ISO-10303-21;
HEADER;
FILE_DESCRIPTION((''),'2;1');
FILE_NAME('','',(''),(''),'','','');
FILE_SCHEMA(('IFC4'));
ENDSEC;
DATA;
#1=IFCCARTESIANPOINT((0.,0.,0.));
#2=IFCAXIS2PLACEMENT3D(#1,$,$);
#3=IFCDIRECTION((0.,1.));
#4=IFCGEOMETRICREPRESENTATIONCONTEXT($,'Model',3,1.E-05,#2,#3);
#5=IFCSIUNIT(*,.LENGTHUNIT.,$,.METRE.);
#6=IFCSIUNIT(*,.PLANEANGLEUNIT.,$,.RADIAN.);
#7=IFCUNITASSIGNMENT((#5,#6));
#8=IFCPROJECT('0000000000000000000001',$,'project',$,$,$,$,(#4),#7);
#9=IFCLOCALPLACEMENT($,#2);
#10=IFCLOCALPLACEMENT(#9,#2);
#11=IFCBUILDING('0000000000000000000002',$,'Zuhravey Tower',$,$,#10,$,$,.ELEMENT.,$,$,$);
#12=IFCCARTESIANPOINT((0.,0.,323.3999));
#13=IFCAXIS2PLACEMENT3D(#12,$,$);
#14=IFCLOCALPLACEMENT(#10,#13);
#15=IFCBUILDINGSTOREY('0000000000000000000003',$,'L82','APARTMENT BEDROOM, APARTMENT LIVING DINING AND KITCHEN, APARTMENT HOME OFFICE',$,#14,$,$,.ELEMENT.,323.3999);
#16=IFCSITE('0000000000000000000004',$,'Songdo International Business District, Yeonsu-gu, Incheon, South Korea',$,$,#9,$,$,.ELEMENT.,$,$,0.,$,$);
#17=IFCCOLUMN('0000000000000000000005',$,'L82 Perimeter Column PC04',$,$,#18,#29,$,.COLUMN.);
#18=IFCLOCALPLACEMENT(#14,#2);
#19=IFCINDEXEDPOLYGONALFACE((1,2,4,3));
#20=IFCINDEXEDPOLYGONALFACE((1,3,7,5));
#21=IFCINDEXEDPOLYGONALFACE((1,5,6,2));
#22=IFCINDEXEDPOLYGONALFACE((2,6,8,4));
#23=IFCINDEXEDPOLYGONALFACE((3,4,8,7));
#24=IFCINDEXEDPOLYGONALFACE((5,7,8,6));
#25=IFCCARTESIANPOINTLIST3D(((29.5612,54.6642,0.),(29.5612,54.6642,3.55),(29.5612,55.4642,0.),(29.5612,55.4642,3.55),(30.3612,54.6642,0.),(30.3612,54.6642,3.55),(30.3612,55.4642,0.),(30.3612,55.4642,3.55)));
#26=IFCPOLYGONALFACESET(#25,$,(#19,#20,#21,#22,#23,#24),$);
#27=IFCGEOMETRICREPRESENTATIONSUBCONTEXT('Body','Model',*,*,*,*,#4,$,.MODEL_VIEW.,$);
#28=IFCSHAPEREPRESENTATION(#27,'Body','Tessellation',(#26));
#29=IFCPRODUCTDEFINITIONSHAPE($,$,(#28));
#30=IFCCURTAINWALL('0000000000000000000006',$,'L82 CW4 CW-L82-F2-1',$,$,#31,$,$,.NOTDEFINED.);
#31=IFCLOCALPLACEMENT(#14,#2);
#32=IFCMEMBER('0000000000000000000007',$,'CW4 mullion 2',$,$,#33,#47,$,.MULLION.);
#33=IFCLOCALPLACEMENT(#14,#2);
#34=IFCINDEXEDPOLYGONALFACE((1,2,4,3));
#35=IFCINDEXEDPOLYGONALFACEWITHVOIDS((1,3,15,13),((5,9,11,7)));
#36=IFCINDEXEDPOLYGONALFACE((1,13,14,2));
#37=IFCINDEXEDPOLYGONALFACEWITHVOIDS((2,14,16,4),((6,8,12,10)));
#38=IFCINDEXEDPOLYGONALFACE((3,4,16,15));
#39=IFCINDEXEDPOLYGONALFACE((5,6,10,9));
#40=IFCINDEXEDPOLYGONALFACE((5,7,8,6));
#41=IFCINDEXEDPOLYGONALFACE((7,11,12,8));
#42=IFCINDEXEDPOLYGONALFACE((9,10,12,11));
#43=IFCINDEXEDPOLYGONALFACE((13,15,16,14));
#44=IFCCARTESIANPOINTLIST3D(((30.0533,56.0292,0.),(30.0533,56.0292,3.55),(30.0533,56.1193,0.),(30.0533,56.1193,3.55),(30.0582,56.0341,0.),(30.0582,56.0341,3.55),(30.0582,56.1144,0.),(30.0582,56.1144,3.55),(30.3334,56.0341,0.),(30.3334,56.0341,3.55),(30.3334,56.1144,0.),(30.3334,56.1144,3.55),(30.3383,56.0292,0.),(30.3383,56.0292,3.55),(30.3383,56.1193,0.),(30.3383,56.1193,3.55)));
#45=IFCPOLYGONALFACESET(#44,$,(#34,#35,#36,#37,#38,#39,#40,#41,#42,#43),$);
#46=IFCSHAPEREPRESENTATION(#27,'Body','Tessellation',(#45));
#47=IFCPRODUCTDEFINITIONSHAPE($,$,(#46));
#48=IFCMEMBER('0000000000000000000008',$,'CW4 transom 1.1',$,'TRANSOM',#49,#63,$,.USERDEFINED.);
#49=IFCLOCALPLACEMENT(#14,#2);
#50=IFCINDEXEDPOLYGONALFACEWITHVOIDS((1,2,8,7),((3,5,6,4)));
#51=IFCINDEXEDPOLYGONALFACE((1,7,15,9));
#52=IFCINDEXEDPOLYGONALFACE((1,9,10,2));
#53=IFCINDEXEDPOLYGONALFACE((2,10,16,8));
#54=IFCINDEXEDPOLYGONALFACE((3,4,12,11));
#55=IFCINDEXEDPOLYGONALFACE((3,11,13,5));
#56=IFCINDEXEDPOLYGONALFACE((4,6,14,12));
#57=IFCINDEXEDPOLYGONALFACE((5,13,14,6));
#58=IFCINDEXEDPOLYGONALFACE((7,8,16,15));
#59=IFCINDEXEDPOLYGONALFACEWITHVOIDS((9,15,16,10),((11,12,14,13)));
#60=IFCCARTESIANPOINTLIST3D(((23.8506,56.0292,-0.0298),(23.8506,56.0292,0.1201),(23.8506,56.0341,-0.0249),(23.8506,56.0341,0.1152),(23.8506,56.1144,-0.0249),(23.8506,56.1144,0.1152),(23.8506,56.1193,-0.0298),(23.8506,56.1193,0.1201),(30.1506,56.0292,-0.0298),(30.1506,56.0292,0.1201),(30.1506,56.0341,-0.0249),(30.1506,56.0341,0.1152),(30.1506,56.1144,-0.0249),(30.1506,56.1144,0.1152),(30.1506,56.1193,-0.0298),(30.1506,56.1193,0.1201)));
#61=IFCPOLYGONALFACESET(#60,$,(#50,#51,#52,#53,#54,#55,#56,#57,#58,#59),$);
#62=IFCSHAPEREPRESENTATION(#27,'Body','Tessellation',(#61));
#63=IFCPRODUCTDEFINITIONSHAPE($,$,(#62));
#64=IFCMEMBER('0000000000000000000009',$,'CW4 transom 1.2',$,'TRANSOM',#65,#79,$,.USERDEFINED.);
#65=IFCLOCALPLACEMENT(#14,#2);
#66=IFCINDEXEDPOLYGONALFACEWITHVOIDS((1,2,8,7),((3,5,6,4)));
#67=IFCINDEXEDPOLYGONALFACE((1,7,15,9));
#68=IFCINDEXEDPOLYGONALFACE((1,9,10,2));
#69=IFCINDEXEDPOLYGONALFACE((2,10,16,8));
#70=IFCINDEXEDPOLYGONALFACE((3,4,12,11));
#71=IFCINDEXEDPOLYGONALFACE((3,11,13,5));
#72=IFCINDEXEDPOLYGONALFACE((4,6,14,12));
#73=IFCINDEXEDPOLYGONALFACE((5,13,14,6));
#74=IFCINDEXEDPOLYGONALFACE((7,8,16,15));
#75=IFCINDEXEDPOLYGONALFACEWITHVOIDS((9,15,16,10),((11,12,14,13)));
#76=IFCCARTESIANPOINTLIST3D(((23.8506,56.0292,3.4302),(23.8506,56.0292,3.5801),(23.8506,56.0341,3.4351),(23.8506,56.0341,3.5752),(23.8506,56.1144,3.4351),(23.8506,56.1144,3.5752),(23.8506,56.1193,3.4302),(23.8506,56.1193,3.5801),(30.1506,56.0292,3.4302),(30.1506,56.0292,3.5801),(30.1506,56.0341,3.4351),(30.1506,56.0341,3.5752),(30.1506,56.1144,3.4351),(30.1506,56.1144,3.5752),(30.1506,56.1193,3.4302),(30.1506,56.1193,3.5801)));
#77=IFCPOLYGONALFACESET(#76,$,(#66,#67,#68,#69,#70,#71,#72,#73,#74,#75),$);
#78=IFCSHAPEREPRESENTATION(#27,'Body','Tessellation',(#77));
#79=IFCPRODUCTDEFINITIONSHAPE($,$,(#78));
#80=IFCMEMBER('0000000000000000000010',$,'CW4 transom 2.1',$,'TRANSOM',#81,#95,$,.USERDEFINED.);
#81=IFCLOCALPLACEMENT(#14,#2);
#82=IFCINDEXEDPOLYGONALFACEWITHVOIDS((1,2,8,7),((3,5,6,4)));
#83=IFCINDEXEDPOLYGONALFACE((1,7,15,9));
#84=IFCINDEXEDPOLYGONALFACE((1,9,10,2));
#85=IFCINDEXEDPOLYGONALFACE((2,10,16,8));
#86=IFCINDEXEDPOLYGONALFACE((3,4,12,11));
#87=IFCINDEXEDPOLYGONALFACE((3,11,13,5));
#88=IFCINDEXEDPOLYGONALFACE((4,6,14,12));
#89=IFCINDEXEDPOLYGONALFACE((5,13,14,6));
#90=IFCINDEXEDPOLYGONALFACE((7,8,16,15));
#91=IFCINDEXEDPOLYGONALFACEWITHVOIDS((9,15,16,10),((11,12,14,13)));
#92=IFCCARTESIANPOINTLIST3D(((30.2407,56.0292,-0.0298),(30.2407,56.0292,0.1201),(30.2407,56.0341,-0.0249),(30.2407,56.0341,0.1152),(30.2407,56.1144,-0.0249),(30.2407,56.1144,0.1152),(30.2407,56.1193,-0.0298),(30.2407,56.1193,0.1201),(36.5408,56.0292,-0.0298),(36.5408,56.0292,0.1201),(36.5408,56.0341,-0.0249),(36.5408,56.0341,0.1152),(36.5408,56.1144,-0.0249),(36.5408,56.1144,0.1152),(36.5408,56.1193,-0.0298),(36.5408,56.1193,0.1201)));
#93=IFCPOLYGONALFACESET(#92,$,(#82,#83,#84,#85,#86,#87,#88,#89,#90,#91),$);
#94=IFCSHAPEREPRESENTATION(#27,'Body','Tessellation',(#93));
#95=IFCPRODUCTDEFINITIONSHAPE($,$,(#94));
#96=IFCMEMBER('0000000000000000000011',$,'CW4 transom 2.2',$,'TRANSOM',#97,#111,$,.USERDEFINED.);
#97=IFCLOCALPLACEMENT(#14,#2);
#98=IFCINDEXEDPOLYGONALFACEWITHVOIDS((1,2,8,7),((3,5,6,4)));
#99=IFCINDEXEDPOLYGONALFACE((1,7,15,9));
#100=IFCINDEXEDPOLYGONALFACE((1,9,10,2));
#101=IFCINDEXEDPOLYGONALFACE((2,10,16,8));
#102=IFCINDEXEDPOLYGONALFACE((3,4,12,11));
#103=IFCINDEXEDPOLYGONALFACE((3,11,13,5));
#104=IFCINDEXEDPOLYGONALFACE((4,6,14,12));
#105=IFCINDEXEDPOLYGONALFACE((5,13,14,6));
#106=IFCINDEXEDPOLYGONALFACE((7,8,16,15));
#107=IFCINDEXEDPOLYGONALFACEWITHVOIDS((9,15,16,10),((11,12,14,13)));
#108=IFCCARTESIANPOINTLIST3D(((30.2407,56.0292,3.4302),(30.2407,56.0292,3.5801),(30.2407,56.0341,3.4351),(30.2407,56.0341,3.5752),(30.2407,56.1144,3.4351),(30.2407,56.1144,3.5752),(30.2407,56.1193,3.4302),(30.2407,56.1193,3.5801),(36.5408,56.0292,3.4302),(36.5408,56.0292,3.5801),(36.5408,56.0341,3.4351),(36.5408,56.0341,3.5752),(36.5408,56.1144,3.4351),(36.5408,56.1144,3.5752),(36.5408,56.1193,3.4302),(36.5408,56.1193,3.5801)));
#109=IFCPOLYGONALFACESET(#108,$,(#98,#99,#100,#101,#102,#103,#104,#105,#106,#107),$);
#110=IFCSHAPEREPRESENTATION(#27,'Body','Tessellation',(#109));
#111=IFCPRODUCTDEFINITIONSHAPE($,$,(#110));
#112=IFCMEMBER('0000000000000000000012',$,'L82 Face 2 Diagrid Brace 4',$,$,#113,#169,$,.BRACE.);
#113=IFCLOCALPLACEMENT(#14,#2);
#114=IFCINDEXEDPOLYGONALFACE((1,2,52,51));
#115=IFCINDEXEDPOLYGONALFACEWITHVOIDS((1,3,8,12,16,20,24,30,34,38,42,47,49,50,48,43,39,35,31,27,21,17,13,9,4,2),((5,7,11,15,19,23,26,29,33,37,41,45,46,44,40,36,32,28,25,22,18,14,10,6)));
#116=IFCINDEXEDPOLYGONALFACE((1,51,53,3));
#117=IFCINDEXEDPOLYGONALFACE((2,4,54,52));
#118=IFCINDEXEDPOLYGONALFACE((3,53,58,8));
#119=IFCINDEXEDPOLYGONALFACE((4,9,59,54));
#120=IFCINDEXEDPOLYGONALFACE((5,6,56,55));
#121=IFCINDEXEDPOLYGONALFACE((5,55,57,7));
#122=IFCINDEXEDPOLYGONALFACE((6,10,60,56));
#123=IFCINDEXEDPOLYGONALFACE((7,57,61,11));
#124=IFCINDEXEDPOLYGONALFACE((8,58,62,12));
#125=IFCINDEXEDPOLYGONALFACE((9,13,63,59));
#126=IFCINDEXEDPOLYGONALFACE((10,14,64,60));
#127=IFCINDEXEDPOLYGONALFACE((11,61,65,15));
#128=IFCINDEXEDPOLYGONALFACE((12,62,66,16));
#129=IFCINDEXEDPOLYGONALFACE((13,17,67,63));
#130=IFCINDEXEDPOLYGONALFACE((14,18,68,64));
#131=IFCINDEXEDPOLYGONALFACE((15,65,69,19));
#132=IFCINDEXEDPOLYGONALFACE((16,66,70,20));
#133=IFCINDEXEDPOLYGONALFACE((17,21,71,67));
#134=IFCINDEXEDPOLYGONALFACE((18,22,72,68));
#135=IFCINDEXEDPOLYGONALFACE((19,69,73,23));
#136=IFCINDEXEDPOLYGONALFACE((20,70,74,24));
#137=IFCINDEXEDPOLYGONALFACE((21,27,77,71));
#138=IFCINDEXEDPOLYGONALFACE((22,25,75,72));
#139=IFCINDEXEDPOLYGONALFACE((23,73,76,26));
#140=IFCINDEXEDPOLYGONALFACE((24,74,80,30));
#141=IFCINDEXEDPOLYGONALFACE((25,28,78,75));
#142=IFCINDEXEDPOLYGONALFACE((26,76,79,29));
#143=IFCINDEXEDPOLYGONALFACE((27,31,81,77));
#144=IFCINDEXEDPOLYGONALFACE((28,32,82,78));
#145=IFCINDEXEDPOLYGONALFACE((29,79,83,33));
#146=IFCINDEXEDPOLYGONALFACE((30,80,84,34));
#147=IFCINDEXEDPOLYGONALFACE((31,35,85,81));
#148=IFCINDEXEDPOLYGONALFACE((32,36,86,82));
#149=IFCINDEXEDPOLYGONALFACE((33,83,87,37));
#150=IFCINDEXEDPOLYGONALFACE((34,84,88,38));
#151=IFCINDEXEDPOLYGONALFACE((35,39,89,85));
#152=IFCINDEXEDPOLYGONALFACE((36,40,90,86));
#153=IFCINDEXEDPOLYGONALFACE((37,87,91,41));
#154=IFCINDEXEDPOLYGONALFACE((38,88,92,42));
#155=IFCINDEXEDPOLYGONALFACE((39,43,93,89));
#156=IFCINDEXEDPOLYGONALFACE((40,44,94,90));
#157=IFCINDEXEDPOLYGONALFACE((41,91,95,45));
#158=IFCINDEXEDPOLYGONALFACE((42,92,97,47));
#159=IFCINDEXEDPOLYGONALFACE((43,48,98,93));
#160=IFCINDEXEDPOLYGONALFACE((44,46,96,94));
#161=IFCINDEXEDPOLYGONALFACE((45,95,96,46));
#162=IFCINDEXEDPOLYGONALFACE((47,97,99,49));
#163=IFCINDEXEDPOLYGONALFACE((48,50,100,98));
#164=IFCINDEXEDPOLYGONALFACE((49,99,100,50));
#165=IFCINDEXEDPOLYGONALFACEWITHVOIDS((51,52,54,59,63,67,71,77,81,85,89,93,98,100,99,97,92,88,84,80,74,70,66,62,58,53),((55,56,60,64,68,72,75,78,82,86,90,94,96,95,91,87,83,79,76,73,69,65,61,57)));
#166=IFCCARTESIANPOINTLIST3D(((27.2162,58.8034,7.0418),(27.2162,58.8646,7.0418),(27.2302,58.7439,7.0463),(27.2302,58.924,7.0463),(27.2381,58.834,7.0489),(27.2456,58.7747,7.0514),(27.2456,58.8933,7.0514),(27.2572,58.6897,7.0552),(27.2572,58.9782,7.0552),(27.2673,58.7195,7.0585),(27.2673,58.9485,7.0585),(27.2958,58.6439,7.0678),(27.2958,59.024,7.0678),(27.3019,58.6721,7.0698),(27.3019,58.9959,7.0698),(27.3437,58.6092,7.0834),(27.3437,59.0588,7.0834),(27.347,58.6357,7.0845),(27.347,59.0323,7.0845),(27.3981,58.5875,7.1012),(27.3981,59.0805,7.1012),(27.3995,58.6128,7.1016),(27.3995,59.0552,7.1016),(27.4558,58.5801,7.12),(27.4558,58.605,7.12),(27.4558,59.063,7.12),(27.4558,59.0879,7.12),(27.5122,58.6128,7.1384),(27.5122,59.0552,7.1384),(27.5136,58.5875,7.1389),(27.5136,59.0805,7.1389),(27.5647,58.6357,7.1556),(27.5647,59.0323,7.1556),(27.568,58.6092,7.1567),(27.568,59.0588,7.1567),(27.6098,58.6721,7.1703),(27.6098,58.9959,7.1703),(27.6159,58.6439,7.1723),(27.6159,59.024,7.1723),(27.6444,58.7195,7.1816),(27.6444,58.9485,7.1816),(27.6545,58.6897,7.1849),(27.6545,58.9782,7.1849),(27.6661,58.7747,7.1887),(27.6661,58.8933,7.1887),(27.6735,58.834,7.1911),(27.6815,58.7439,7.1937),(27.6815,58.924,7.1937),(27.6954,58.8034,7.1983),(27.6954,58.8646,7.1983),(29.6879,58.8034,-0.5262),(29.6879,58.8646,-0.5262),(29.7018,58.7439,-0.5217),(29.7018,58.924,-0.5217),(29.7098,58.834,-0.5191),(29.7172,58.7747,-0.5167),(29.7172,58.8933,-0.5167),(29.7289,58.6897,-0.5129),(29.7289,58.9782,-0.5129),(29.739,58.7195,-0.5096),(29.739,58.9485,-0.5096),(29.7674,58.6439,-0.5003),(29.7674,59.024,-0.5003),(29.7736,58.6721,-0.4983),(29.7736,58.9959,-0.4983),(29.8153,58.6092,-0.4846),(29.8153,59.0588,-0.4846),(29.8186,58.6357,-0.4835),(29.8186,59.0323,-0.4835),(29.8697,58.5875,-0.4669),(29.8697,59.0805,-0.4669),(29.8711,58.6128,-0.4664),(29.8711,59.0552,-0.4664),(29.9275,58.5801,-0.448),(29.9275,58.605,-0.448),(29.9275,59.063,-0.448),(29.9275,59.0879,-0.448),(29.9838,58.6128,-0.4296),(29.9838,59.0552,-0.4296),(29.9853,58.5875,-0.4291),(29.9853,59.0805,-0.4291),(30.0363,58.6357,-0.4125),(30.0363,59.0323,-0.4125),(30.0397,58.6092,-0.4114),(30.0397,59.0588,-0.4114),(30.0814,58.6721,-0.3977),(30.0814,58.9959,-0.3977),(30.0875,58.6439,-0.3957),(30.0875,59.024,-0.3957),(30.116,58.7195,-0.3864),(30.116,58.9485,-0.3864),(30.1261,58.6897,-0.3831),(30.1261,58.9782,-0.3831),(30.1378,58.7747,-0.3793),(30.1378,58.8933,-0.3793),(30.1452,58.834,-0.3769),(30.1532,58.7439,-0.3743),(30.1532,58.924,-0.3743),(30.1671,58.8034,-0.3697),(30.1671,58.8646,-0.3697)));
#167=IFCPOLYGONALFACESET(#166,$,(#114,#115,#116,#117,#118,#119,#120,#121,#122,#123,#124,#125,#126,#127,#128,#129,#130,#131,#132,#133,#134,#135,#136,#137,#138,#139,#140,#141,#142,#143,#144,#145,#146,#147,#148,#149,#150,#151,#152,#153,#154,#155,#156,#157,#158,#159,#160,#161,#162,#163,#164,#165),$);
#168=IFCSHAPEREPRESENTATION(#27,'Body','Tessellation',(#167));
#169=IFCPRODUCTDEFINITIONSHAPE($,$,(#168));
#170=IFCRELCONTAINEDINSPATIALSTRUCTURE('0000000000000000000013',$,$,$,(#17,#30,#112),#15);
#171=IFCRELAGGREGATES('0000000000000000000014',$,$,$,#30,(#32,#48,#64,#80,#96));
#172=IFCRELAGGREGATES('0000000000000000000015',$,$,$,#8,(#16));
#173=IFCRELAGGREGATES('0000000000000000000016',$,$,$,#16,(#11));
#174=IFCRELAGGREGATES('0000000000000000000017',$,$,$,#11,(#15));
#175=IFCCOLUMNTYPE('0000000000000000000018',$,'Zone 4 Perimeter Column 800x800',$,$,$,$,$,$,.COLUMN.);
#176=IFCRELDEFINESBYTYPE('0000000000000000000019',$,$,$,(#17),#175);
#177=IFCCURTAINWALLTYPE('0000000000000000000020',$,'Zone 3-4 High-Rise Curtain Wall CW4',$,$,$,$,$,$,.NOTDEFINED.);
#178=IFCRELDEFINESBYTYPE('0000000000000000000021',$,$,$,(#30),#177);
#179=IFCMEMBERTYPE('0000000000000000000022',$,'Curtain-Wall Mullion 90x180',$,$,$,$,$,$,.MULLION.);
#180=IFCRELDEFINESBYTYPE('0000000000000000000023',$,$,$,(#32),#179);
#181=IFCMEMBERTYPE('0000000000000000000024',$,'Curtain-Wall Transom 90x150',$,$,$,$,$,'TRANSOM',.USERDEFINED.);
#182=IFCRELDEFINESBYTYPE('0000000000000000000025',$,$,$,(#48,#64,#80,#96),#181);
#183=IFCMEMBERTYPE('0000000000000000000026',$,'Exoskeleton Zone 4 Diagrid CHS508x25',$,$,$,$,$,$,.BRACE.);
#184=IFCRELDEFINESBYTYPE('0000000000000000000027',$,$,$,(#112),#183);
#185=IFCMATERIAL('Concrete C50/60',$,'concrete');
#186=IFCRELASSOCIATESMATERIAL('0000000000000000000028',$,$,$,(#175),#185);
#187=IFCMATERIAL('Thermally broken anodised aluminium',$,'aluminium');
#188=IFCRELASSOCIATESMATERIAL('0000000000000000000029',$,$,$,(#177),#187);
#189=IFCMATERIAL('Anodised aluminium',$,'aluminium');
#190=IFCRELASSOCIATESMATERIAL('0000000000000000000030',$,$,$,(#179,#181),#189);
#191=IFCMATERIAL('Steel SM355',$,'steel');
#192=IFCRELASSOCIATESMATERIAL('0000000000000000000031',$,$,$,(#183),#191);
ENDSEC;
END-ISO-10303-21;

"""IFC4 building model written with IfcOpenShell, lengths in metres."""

from ifc_helpers import new_model, si_unit, direction, frame, origin, origin_2d, place, context, subcontext, project, spatial, rectangle, hollow_rectangle, hollow_circle, extrude, material, material_profile, profile_set, type_object, element, aggregate, save


model = new_model("IFC4")

# Units and contexts
model_context = context("Model", 3, precision=1e-05, world=origin(), true_north=direction((0.0, 1.0)))
body_context = subcontext(model_context, "Body", "Model", "MODEL_VIEW")
ifc_project = project(units=[si_unit("LENGTHUNIT", "METRE"), si_unit("PLANEANGLEUNIT", "RADIAN")], contexts=[model_context])

# Site, building, storey
site_placement = place(None, origin())
site = spatial("IfcSite", under=ifc_project, at=site_placement, Name="Songdo International Business District, Yeonsu-gu, Incheon, South Korea", CompositionType="ELEMENT", RefElevation=0.0)
building_placement = place(site_placement, origin())
building = spatial("IfcBuilding", under=site, at=building_placement, Name="Zuhravey Tower", CompositionType="ELEMENT")
storey_placement = place(building_placement, frame((0.0, 0.0, 323.3999)))
storey = spatial("IfcBuildingStorey", under=building, at=storey_placement, Name="L82", Description="APARTMENT BEDROOM, APARTMENT LIVING DINING AND KITCHEN, APARTMENT HOME OFFICE", CompositionType="ELEMENT", Elevation=323.3999)

# Column
ifc_material_1 = material(Name="Concrete C50/60", Category="concrete")
ifc_material_profile_1 = material_profile(ifc_material_1, rectangle(XDim=0.8, YDim=0.8, at=origin_2d()), Name="RC-800x800")
ifc_profile_set_1 = profile_set([ifc_material_profile_1], Name="Concrete C50/60")
column_type = type_object("IfcColumnType", Name="Zone 4 Perimeter Column 800x800", PredefinedType="COLUMN", material=ifc_profile_set_1)
column_placement = place(storey_placement, frame((29.9612, 55.0642, 0.0), z_axis=(0.0, 0.0, 1.0), x_axis=(-1.0, 0.0, 0.0)))
element("IfcColumn", 1, at=column_placement, inside=storey, type_object=column_type, Name="L82 Perimeter Column PC04", PredefinedType="COLUMN", context=body_context, shape_type="SweptSolid", body=[
    extrude(rectangle(XDim=0.8, YDim=0.8, at=origin_2d()), origin(), (0.0, 0.0, 1.0), 3.55),
])

# Curtain wall, members
ifc_material_2 = material(Name="Thermally broken anodised aluminium", Category="aluminium")
curtain_wall_type = type_object("IfcCurtainWallType", Name="Zone 3-4 High-Rise Curtain Wall CW4", PredefinedType="NOTDEFINED", material=ifc_material_2)
curtain_wall_placement = place(storey_placement, origin())
curtain_wall = element("IfcCurtainWall", 2, at=curtain_wall_placement, inside=storey, type_object=curtain_wall_type, Name="L82 CW4 CW-L82-F2-1", PredefinedType="NOTDEFINED")
ifc_material_3 = material(Name="Anodised aluminium", Category="aluminium")
ifc_material_profile_2 = material_profile(ifc_material_3, hollow_rectangle(XDim=0.0901, YDim=0.2849, WallThickness=0.0049, at=origin_2d()), Name="ALU-RHS-90x285x5")
ifc_profile_set_2 = profile_set([ifc_material_profile_2], Name="Anodised aluminium")
member_type_1 = type_object("IfcMemberType", Name="Curtain-Wall Mullion 90x180", PredefinedType="MULLION", material=ifc_profile_set_2)
member_1_placement = place(storey_placement, frame((30.1958, 56.0742, 0.0), z_axis=(0.0, 0.0, 1.0), x_axis=(0.0, 1.0, 0.0)))
member_1 = element("IfcMember", 3, at=member_1_placement, type_object=member_type_1, Name="CW4 mullion 2", PredefinedType="MULLION", context=body_context, shape_type="SweptSolid", body=[
    extrude(hollow_rectangle(XDim=0.0901, YDim=0.2849, WallThickness=0.0049, at=origin_2d()), origin(), (0.0, 0.0, 1.0), 3.55),
])
ifc_material_profile_3 = material_profile(ifc_material_3, hollow_rectangle(XDim=0.0901, YDim=0.1499, WallThickness=0.0049, at=origin_2d()), Name="ALU-RHS-90x150x5")
ifc_profile_set_3 = profile_set([ifc_material_profile_3], Name="Anodised aluminium")
member_type_2 = type_object("IfcMemberType", Name="Curtain-Wall Transom 90x150", ElementType="TRANSOM", PredefinedType="USERDEFINED", material=ifc_profile_set_3)
member_2_placement = place(storey_placement, frame((23.8506, 56.0742, 0.0452), z_axis=(1.0, 0.0, 0.0), x_axis=(0.0, 1.0, 0.0)))
member_2 = element("IfcMember", 4, at=member_2_placement, type_object=member_type_2, Name="CW4 transom 1.1", ObjectType="TRANSOM", PredefinedType="USERDEFINED", context=body_context, shape_type="SweptSolid", body=[
    extrude(hollow_rectangle(XDim=0.0901, YDim=0.1499, WallThickness=0.0049, at=origin_2d()), origin(), (0.0, 0.0, 1.0), 6.3),
])
member_3_placement = place(storey_placement, frame((23.8506, 56.0742, 3.5051), z_axis=(1.0, 0.0, 0.0), x_axis=(0.0, 1.0, 0.0)))
member_3 = element("IfcMember", 5, at=member_3_placement, type_object=member_type_2, Name="CW4 transom 1.2", ObjectType="TRANSOM", PredefinedType="USERDEFINED", context=body_context, shape_type="SweptSolid", body=[
    extrude(hollow_rectangle(XDim=0.0901, YDim=0.1499, WallThickness=0.0049, at=origin_2d()), origin(), (0.0, 0.0, 1.0), 6.3),
])
member_4_placement = place(storey_placement, frame((30.2407, 56.0742, 0.0452), z_axis=(1.0, 0.0, 0.0), x_axis=(0.0, 1.0, 0.0)))
member_4 = element("IfcMember", 6, at=member_4_placement, type_object=member_type_2, Name="CW4 transom 2.1", ObjectType="TRANSOM", PredefinedType="USERDEFINED", context=body_context, shape_type="SweptSolid", body=[
    extrude(hollow_rectangle(XDim=0.0901, YDim=0.1499, WallThickness=0.0049, at=origin_2d()), origin(), (0.0, 0.0, 1.0), 6.3),
])
member_5_placement = place(storey_placement, frame((30.2407, 56.0742, 3.5051), z_axis=(1.0, 0.0, 0.0), x_axis=(0.0, 1.0, 0.0)))
member_5 = element("IfcMember", 7, at=member_5_placement, type_object=member_type_2, Name="CW4 transom 2.2", ObjectType="TRANSOM", PredefinedType="USERDEFINED", context=body_context, shape_type="SweptSolid", body=[
    extrude(hollow_rectangle(XDim=0.0901, YDim=0.1499, WallThickness=0.0049, at=origin_2d()), origin(), (0.0, 0.0, 1.0), 6.3),
])

# Member
ifc_material_4 = material(Name="Steel SM355", Category="steel")
ifc_material_profile_4 = material_profile(ifc_material_4, hollow_circle(Radius=0.2539, WallThickness=0.0249, at=origin_2d()), Name="CHS-508.0x25")
ifc_profile_set_4 = profile_set([ifc_material_profile_4], Name="Steel SM355")
member_type_3 = type_object("IfcMemberType", Name="Exoskeleton Zone 4 Diagrid CHS508x25", PredefinedType="BRACE", material=ifc_profile_set_4)
member_6_placement = place(storey_placement, frame((29.9275, 58.834, -0.448), z_axis=(-0.310454, 0.0, 0.950588), x_axis=(0.0, -1.0, 0.0)))
element("IfcMember", 8, at=member_6_placement, inside=storey, type_object=member_type_3, Name="L82 Face 2 Diagrid Brace 4", PredefinedType="BRACE", context=body_context, shape_type="SweptSolid", body=[
    extrude(hollow_circle(Radius=0.2539, WallThickness=0.0249, at=origin_2d()), origin(), (0.0, 0.0, 1.0), 7.9614),
])

aggregate(curtain_wall, [member_1, member_2, member_3, member_4, member_5])

save(model, "model.ifc")
